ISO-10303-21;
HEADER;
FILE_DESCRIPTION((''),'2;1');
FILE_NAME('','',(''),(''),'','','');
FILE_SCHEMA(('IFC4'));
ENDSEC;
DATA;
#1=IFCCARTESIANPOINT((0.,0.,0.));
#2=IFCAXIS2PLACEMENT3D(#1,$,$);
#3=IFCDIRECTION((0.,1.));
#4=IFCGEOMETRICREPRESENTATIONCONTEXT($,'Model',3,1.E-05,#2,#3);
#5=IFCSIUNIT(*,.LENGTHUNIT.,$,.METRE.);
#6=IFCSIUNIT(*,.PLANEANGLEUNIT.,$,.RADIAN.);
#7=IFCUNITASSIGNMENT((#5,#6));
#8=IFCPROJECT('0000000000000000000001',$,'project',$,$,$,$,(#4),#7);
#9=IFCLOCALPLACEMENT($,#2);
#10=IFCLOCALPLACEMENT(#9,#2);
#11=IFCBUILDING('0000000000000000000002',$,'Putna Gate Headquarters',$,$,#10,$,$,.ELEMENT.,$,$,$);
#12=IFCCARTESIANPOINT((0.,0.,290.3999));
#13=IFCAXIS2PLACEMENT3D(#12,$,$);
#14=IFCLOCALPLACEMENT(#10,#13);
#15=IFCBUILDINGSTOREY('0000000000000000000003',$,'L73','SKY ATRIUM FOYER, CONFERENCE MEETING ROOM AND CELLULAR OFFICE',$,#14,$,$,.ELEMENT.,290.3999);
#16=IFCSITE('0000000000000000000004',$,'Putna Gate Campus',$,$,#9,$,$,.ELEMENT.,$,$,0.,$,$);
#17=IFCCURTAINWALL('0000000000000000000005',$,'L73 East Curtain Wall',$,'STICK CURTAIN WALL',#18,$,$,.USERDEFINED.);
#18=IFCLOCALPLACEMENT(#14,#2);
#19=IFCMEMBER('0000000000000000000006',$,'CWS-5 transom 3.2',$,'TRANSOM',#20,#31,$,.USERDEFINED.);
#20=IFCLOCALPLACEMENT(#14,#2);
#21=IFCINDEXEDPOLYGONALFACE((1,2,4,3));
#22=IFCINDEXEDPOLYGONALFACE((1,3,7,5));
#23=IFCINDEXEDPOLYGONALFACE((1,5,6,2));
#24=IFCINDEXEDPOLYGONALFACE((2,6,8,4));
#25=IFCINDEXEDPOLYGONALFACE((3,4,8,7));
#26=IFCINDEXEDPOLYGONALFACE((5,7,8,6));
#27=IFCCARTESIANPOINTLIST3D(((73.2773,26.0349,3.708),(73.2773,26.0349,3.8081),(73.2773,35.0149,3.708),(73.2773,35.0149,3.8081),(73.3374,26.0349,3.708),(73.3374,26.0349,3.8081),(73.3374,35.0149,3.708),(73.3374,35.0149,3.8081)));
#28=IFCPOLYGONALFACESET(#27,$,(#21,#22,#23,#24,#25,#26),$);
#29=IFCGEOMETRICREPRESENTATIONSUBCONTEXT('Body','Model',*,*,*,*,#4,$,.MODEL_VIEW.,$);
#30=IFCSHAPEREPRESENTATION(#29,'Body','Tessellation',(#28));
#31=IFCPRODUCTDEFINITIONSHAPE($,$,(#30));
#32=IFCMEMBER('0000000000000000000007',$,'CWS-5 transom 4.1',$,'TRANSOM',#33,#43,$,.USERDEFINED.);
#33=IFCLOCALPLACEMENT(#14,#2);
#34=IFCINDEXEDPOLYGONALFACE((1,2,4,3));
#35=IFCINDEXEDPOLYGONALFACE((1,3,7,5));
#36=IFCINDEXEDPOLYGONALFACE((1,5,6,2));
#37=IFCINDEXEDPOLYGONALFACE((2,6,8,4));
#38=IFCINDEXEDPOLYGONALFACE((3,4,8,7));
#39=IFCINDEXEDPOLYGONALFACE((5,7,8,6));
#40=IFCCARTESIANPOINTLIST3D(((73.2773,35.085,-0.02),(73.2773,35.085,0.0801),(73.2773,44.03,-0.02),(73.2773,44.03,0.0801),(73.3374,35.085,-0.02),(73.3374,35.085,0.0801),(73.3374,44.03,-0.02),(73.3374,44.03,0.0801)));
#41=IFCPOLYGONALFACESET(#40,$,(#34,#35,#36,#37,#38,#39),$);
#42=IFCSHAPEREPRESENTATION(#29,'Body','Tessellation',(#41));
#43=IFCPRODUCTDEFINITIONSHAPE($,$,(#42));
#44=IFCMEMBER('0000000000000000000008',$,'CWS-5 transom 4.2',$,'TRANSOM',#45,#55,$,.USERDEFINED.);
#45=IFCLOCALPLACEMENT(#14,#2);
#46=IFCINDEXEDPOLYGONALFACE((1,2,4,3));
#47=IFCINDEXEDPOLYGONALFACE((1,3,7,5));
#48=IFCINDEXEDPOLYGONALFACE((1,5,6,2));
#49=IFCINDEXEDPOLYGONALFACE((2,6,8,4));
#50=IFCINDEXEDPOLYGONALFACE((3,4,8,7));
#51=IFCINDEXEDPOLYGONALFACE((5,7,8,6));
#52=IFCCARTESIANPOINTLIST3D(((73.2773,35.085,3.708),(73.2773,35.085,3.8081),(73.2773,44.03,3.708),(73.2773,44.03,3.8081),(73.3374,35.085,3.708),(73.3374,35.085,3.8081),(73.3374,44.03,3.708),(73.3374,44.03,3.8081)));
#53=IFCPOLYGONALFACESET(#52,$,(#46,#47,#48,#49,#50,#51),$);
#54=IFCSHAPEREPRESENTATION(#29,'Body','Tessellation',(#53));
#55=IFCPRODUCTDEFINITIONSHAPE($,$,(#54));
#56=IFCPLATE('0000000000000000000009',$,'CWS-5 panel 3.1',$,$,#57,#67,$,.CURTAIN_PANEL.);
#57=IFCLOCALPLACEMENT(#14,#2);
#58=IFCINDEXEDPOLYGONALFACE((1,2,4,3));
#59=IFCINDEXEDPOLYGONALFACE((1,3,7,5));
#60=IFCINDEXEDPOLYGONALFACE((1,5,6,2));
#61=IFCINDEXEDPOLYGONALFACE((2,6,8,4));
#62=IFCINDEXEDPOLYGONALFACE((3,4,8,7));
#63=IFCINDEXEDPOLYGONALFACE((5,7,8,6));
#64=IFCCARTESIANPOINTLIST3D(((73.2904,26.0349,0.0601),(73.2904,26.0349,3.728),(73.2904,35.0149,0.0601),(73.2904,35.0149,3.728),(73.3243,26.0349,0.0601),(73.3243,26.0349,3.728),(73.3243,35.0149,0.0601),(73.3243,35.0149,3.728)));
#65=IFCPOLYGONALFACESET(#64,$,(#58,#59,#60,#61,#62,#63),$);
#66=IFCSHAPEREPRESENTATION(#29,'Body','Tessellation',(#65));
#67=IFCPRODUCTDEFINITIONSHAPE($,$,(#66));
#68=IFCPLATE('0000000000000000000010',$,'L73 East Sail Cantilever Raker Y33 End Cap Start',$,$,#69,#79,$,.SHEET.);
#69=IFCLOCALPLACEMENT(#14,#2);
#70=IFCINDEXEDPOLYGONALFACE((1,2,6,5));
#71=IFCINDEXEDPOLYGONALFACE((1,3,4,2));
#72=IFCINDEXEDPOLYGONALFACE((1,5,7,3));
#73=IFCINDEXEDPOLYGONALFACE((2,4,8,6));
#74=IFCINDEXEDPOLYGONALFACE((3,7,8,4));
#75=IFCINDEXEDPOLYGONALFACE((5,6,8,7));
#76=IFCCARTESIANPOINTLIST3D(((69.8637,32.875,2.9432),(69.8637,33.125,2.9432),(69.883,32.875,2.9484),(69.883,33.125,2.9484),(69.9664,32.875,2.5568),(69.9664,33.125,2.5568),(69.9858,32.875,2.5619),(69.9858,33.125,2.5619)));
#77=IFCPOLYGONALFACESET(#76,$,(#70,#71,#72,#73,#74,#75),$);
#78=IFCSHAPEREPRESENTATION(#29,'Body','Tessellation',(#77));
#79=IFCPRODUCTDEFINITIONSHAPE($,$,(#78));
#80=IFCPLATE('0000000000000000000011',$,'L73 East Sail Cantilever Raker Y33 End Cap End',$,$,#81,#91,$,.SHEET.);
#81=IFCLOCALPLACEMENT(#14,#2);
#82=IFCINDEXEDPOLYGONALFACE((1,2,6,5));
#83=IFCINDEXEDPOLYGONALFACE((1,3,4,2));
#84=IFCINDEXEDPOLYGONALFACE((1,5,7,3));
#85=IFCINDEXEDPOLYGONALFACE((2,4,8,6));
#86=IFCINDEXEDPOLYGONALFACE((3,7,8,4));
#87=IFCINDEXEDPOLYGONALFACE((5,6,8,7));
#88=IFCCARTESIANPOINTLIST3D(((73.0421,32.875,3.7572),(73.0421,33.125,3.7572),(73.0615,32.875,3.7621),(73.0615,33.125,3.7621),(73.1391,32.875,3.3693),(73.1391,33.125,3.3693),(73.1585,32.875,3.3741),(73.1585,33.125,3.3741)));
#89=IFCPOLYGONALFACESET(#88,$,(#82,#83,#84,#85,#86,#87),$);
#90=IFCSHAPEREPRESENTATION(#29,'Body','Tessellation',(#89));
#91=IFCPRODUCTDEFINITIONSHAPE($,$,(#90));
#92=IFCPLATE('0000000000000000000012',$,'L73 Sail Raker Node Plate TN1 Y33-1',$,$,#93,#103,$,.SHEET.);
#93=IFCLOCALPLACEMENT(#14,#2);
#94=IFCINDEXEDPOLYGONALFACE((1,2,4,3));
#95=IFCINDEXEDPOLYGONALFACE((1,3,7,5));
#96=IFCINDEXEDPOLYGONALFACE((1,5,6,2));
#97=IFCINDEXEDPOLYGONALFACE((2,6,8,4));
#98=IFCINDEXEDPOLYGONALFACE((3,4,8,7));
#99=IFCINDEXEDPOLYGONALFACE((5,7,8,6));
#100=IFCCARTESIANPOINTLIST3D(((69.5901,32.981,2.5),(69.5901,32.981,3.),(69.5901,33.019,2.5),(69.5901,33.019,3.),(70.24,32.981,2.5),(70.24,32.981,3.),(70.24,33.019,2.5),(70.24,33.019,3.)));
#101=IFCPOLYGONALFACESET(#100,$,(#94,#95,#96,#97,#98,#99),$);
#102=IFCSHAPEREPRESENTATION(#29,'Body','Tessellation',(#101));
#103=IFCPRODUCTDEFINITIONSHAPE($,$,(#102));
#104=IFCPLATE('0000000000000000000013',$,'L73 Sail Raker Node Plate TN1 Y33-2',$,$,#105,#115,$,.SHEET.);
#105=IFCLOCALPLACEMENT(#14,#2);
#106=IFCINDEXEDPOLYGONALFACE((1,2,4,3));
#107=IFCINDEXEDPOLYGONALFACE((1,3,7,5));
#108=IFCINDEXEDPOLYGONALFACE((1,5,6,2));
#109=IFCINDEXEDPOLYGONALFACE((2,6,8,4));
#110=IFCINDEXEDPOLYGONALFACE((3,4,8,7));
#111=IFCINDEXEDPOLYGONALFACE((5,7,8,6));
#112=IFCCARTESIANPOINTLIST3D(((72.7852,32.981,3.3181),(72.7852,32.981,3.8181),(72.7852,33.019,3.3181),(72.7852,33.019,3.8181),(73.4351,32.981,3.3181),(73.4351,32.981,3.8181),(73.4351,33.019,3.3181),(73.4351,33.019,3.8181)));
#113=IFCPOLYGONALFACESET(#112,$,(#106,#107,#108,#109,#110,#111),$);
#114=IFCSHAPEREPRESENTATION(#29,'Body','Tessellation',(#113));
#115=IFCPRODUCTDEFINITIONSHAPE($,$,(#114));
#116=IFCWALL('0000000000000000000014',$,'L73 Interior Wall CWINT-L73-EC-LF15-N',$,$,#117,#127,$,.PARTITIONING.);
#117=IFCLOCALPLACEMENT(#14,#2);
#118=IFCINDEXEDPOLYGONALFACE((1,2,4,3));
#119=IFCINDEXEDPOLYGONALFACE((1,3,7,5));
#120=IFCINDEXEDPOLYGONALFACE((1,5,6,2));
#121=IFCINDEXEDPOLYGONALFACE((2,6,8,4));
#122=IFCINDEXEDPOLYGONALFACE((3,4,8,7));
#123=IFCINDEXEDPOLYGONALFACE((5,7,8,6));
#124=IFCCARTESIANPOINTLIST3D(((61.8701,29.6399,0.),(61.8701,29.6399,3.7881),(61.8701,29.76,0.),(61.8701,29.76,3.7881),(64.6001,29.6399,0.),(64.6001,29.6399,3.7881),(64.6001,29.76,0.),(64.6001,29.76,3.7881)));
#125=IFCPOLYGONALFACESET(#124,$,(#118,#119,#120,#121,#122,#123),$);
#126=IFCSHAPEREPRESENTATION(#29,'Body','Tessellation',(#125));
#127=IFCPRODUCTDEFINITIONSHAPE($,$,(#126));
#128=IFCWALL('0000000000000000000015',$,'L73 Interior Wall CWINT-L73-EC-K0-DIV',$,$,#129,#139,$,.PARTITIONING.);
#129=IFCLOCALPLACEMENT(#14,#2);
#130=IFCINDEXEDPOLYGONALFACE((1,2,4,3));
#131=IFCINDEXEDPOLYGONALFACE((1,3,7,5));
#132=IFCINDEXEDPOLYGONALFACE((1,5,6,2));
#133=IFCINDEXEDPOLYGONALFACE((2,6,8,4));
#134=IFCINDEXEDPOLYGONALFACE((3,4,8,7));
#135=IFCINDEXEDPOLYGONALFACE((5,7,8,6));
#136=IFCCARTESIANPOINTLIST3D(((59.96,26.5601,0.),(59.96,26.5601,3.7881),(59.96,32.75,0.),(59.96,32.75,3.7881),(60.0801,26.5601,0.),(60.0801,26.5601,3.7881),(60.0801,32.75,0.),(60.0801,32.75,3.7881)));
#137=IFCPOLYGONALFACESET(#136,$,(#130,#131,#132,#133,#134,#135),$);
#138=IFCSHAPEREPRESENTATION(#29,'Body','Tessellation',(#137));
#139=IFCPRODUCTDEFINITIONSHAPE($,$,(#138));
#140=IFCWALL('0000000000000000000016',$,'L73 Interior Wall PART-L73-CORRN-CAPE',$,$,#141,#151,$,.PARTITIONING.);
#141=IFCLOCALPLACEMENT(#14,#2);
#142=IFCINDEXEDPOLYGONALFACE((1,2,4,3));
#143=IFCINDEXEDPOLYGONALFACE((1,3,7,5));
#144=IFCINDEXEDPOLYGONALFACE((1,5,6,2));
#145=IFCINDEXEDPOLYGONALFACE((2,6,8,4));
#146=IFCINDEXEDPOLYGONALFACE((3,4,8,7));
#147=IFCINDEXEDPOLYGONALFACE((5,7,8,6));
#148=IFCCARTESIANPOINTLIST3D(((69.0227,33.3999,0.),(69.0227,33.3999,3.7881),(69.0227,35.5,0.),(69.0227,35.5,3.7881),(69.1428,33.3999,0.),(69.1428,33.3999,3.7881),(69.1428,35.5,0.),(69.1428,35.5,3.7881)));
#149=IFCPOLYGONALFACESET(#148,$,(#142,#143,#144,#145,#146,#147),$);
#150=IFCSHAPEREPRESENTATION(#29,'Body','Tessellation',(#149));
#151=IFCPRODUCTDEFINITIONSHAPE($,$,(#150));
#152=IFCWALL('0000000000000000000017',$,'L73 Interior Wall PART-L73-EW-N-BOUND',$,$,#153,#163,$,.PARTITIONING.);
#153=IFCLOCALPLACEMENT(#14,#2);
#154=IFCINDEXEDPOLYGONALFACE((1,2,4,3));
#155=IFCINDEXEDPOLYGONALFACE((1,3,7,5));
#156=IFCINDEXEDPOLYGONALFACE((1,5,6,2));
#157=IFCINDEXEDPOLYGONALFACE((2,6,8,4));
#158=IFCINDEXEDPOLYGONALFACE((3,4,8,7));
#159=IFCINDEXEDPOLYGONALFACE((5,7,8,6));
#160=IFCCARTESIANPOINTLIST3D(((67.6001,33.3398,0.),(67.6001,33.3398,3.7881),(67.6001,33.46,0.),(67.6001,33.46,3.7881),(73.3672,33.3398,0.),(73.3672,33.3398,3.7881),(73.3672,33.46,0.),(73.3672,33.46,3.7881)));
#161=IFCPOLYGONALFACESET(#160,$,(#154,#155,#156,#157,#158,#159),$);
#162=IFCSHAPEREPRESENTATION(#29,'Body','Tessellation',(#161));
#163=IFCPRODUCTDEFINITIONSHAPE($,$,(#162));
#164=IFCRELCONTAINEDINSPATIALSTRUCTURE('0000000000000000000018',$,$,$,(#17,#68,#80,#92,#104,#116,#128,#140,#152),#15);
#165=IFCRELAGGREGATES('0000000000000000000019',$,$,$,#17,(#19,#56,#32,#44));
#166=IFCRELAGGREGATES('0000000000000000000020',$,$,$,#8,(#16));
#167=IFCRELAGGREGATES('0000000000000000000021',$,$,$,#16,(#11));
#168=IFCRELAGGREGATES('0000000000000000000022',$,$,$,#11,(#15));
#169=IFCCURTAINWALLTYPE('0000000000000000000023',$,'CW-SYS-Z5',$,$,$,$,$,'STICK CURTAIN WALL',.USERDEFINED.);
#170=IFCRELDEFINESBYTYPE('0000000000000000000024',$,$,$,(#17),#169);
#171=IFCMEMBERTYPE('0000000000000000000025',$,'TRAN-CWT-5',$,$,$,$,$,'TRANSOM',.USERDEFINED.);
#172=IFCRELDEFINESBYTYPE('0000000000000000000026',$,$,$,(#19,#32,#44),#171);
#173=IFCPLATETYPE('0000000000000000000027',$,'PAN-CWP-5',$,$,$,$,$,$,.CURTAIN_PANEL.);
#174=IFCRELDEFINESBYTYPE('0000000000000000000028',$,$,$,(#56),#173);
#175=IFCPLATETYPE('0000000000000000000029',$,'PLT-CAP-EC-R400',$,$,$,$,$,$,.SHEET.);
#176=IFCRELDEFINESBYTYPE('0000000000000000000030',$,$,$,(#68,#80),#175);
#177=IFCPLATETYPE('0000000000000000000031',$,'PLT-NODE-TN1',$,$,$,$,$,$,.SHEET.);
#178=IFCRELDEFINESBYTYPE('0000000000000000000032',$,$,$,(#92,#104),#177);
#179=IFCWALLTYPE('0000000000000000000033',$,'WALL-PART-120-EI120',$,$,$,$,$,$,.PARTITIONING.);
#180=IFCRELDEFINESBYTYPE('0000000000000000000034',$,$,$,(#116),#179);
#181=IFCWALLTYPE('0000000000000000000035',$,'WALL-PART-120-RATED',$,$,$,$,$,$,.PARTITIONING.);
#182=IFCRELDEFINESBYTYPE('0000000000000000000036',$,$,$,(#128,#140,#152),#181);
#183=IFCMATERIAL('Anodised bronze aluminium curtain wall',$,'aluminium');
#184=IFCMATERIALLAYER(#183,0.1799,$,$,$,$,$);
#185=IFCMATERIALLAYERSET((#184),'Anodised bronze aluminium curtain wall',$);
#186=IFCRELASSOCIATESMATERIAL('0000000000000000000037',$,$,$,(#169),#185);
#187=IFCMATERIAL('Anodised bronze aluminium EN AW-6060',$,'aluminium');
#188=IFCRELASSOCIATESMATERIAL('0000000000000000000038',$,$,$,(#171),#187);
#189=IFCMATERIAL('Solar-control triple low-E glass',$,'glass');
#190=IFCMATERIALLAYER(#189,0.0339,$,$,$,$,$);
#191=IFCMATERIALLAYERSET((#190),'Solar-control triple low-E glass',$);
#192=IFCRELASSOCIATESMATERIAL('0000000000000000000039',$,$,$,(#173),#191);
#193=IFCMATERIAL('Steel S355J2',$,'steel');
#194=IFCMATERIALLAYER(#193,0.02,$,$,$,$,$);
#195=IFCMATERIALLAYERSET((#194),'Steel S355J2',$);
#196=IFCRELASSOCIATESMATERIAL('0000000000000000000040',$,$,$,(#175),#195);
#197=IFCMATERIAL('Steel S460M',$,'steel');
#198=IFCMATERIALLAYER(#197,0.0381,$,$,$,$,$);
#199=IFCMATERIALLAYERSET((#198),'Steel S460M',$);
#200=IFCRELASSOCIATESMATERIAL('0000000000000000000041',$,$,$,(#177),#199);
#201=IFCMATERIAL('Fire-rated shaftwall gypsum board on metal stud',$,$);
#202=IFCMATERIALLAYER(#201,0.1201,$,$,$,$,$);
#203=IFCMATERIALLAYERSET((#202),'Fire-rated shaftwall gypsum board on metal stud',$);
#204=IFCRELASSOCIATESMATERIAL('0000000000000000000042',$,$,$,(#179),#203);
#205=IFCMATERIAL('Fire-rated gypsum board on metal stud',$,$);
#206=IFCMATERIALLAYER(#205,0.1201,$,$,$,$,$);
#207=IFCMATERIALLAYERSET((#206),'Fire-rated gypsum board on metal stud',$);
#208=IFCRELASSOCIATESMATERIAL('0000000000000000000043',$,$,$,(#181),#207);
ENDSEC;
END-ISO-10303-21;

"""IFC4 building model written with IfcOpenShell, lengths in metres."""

from ifc_helpers import new_model, si_unit, direction, frame, frame_2d, origin, origin_2d, place, context, subcontext, project, spatial, rectangle, extrude, material, layer, layer_set, material_profile, profile_set, type_object, element, aggregate, save


model = new_model("IFC4")

# Units and contexts
model_context = context("Model", 3, precision=1e-05, world=origin(), true_north=direction((0.0, 1.0)))
body_context = subcontext(model_context, "Body", "Model", "MODEL_VIEW")
ifc_project = project(units=[si_unit("LENGTHUNIT", "METRE"), si_unit("PLANEANGLEUNIT", "RADIAN")], contexts=[model_context])

# Site, building, storey
site_placement = place(None, origin())
site = spatial("IfcSite", under=ifc_project, at=site_placement, Name="Putna Gate Campus", CompositionType="ELEMENT", RefElevation=0.0)
building_placement = place(site_placement, origin())
building = spatial("IfcBuilding", under=site, at=building_placement, Name="Putna Gate Headquarters", CompositionType="ELEMENT")
storey_placement = place(building_placement, frame((0.0, 0.0, 290.3999)))
storey = spatial("IfcBuildingStorey", under=building, at=storey_placement, Name="L73", Description="SKY ATRIUM FOYER, CONFERENCE MEETING ROOM AND CELLULAR OFFICE", CompositionType="ELEMENT", Elevation=290.3999)

# Shared definitions
ifc_material_1 = material(Name="Steel S460M", Category="steel")

# Shared definitions
ifc_material_2 = material(Name="Steel S355J2", Category="steel")

# Curtain wall, members, plate
ifc_material_3 = material(Name="Anodised bronze aluminium curtain wall", Category="aluminium")
ifc_layer_1 = layer(ifc_material_3, 0.1799)
ifc_layer_set_1 = layer_set([ifc_layer_1], Name="Anodised bronze aluminium curtain wall")
curtain_wall_type = type_object("IfcCurtainWallType", Name="CW-SYS-Z5", ElementType="STICK CURTAIN WALL", PredefinedType="USERDEFINED", material=ifc_layer_set_1)
curtain_wall_placement = place(storey_placement, origin())
curtain_wall = element("IfcCurtainWall", 1, at=curtain_wall_placement, inside=storey, type_object=curtain_wall_type, Name="L73 East Curtain Wall", ObjectType="STICK CURTAIN WALL", PredefinedType="USERDEFINED")
ifc_material_4 = material(Name="Anodised bronze aluminium EN AW-6060", Category="aluminium")
ifc_material_profile_1 = material_profile(ifc_material_4, rectangle(XDim=0.0601, YDim=0.1001, at=origin_2d()), Name="Anodised bronze aluminium EN AW-6060")
ifc_profile_set_1 = profile_set([ifc_material_profile_1], Name="Anodised bronze aluminium EN AW-6060")
member_type_1 = type_object("IfcMemberType", Name="TRAN-CWT-5", ElementType="TRANSOM", PredefinedType="USERDEFINED", material=ifc_profile_set_1)
member_1_placement = place(storey_placement, frame((73.3074, 26.0349, 3.7581), z_axis=(0.0, 1.0, 0.0), x_axis=(-1.0, 0.0, 0.0)))
member_1 = element("IfcMember", 2, at=member_1_placement, type_object=member_type_1, Name="CWS-5 transom 3.2", ObjectType="TRANSOM", PredefinedType="USERDEFINED", context=body_context, shape_type="SweptSolid", body=[
    extrude(rectangle(XDim=0.0601, YDim=0.1001, at=origin_2d()), origin(), (0.0, 0.0, 1.0), 8.98),
])
member_2_placement = place(storey_placement, frame((73.3074, 35.085, 0.03), z_axis=(0.0, 1.0, 0.0), x_axis=(-1.0, 0.0, 0.0)))
member_2 = element("IfcMember", 3, at=member_2_placement, type_object=member_type_1, Name="CWS-5 transom 4.1", ObjectType="TRANSOM", PredefinedType="USERDEFINED", context=body_context, shape_type="SweptSolid", body=[
    extrude(rectangle(XDim=0.0601, YDim=0.1001, at=origin_2d()), origin(), (0.0, 0.0, 1.0), 8.9451),
])
member_3_placement = place(storey_placement, frame((73.3074, 35.085, 3.7581), z_axis=(0.0, 1.0, 0.0), x_axis=(-1.0, 0.0, 0.0)))
member_3 = element("IfcMember", 4, at=member_3_placement, type_object=member_type_1, Name="CWS-5 transom 4.2", ObjectType="TRANSOM", PredefinedType="USERDEFINED", context=body_context, shape_type="SweptSolid", body=[
    extrude(rectangle(XDim=0.0601, YDim=0.1001, at=origin_2d()), origin(), (0.0, 0.0, 1.0), 8.9451),
])
ifc_material_5 = material(Name="Solar-control triple low-E glass", Category="glass")
ifc_layer_2 = layer(ifc_material_5, 0.0339)
ifc_layer_set_2 = layer_set([ifc_layer_2], Name="Solar-control triple low-E glass")
plate_type_1 = type_object("IfcPlateType", Name="PAN-CWP-5", PredefinedType="CURTAIN_PANEL", material=ifc_layer_set_2)
plate_placement = place(storey_placement, frame((73.3074, 30.5249, 0.0601), z_axis=(0.0, 0.0, 1.0), x_axis=(0.0, 1.0, 0.0)))
plate = element("IfcPlate", 5, at=plate_placement, type_object=plate_type_1, Name="CWS-5 panel 3.1", PredefinedType="CURTAIN_PANEL", context=body_context, shape_type="SweptSolid", body=[
    extrude(rectangle(XDim=8.98, YDim=0.0339, at=origin_2d()), origin(), (0.0, 0.0, 1.0), 3.668),
])
aggregate(curtain_wall, [member_1, plate, member_2, member_3])

# Plates
ifc_layer_3 = layer(ifc_material_2, 0.02)
ifc_layer_set_3 = layer_set([ifc_layer_3], Name="Steel S355J2")
plate_type_2 = type_object("IfcPlateType", Name="PLT-CAP-EC-R400", PredefinedType="SHEET", material=ifc_layer_set_3)
for number, where, z_axis, x_axis, name in (
    (6, (69.915, 33.0, 2.75), (0.966438, 0.0, 0.256901), (0.0, 1.0, 0.0), "L73 East Sail Cantilever Raker Y33 End Cap Start"),
    (7, (73.0906, 33.0, 3.5632), (0.970143, 0.0, 0.242536), (0.0, 1.0, 0.0), "L73 East Sail Cantilever Raker Y33 End Cap End"),
):
    element("IfcPlate", number, at=place(storey_placement, frame(where, z_axis=z_axis, x_axis=x_axis)), inside=storey, type_object=plate_type_2, Name=name, PredefinedType="SHEET", context=body_context, shape_type="SweptSolid", body=[
        extrude(rectangle(XDim=0.25, YDim=0.3999, at=origin_2d()), origin(), (0.0, 0.0, 1.0), 0.02),
    ])
ifc_layer_4 = layer(ifc_material_1, 0.0381)
ifc_layer_set_4 = layer_set([ifc_layer_4], Name="Steel S460M")
plate_type_3 = type_object("IfcPlateType", Name="PLT-NODE-TN1", PredefinedType="SHEET", material=ifc_layer_set_4)
for number, where, z_axis, x_axis, name in (
    (8, (69.915, 33.0, 2.5), (0.0, 0.0, 1.0), (1.0, 0.0, 0.0), "L73 Sail Raker Node Plate TN1 Y33-1"),
    (9, (73.1101, 33.0, 3.3181), (0.0, 0.0, 1.0), (1.0, 0.0, 0.0), "L73 Sail Raker Node Plate TN1 Y33-2"),
):
    element("IfcPlate", number, at=place(storey_placement, frame(where, z_axis=z_axis, x_axis=x_axis)), inside=storey, type_object=plate_type_3, Name=name, PredefinedType="SHEET", context=body_context, shape_type="SweptSolid", body=[
        extrude(rectangle(XDim=0.6499, YDim=0.0381, at=origin_2d()), origin(), (0.0, 0.0, 1.0), 0.5),
    ])

# Walls
ifc_material_6 = material(Name="Fire-rated shaftwall gypsum board on metal stud")
ifc_layer_5 = layer(ifc_material_6, 0.1201)
ifc_layer_set_5 = layer_set([ifc_layer_5], Name="Fire-rated shaftwall gypsum board on metal stud")
wall_type_1 = type_object("IfcWallType", Name="WALL-PART-120-EI120", PredefinedType="PARTITIONING", material=ifc_layer_set_5)
wall_1_placement = place(storey_placement, frame((61.8701, 29.7, 0.0), z_axis=(0.0, 0.0, 1.0), x_axis=(1.0, 0.0, 0.0)))
element("IfcWall", 10, at=wall_1_placement, inside=storey, type_object=wall_type_1, Name="L73 Interior Wall CWINT-L73-EC-LF15-N", PredefinedType="PARTITIONING", context=body_context, shape_type="SweptSolid", body=[
    extrude(rectangle(XDim=2.73, YDim=0.1201, at=frame_2d((1.365, 0.0))), origin(), (0.0, 0.0, 1.0), 3.7881),
])
ifc_material_7 = material(Name="Fire-rated gypsum board on metal stud")
ifc_layer_6 = layer(ifc_material_7, 0.1201)
ifc_layer_set_6 = layer_set([ifc_layer_6], Name="Fire-rated gypsum board on metal stud")
wall_type_2 = type_object("IfcWallType", Name="WALL-PART-120-RATED", PredefinedType="PARTITIONING", material=ifc_layer_set_6)
wall_2_placement = place(storey_placement, frame((60.02, 26.5601, 0.0), z_axis=(0.0, 0.0, 1.0), x_axis=(0.0, 1.0, 0.0)))
element("IfcWall", 11, at=wall_2_placement, inside=storey, type_object=wall_type_2, Name="L73 Interior Wall CWINT-L73-EC-K0-DIV", PredefinedType="PARTITIONING", context=body_context, shape_type="SweptSolid", body=[
    extrude(rectangle(XDim=6.1899, YDim=0.1201, at=frame_2d((3.095, 0.0))), origin(), (0.0, 0.0, 1.0), 3.7881),
])
wall_3_placement = place(storey_placement, frame((69.0828, 33.3999, 0.0), z_axis=(0.0, 0.0, 1.0), x_axis=(0.0, 1.0, 0.0)))
element("IfcWall", 12, at=wall_3_placement, inside=storey, type_object=wall_type_2, Name="L73 Interior Wall PART-L73-CORRN-CAPE", PredefinedType="PARTITIONING", context=body_context, shape_type="SweptSolid", body=[
    extrude(rectangle(XDim=2.1001, YDim=0.1201, at=frame_2d((1.05, 0.0))), origin(), (0.0, 0.0, 1.0), 3.7881),
])
wall_4_placement = place(storey_placement, frame((67.6001, 33.3999, 0.0), z_axis=(0.0, 0.0, 1.0), x_axis=(1.0, 0.0, 0.0)))
element("IfcWall", 13, at=wall_4_placement, inside=storey, type_object=wall_type_2, Name="L73 Interior Wall PART-L73-EW-N-BOUND", PredefinedType="PARTITIONING", context=body_context, shape_type="SweptSolid", body=[
    extrude(rectangle(XDim=5.7671, YDim=0.1201, at=frame_2d((2.8835, 0.0))), origin(), (0.0, 0.0, 1.0), 3.7881),
])

save(model, "model.ifc")
